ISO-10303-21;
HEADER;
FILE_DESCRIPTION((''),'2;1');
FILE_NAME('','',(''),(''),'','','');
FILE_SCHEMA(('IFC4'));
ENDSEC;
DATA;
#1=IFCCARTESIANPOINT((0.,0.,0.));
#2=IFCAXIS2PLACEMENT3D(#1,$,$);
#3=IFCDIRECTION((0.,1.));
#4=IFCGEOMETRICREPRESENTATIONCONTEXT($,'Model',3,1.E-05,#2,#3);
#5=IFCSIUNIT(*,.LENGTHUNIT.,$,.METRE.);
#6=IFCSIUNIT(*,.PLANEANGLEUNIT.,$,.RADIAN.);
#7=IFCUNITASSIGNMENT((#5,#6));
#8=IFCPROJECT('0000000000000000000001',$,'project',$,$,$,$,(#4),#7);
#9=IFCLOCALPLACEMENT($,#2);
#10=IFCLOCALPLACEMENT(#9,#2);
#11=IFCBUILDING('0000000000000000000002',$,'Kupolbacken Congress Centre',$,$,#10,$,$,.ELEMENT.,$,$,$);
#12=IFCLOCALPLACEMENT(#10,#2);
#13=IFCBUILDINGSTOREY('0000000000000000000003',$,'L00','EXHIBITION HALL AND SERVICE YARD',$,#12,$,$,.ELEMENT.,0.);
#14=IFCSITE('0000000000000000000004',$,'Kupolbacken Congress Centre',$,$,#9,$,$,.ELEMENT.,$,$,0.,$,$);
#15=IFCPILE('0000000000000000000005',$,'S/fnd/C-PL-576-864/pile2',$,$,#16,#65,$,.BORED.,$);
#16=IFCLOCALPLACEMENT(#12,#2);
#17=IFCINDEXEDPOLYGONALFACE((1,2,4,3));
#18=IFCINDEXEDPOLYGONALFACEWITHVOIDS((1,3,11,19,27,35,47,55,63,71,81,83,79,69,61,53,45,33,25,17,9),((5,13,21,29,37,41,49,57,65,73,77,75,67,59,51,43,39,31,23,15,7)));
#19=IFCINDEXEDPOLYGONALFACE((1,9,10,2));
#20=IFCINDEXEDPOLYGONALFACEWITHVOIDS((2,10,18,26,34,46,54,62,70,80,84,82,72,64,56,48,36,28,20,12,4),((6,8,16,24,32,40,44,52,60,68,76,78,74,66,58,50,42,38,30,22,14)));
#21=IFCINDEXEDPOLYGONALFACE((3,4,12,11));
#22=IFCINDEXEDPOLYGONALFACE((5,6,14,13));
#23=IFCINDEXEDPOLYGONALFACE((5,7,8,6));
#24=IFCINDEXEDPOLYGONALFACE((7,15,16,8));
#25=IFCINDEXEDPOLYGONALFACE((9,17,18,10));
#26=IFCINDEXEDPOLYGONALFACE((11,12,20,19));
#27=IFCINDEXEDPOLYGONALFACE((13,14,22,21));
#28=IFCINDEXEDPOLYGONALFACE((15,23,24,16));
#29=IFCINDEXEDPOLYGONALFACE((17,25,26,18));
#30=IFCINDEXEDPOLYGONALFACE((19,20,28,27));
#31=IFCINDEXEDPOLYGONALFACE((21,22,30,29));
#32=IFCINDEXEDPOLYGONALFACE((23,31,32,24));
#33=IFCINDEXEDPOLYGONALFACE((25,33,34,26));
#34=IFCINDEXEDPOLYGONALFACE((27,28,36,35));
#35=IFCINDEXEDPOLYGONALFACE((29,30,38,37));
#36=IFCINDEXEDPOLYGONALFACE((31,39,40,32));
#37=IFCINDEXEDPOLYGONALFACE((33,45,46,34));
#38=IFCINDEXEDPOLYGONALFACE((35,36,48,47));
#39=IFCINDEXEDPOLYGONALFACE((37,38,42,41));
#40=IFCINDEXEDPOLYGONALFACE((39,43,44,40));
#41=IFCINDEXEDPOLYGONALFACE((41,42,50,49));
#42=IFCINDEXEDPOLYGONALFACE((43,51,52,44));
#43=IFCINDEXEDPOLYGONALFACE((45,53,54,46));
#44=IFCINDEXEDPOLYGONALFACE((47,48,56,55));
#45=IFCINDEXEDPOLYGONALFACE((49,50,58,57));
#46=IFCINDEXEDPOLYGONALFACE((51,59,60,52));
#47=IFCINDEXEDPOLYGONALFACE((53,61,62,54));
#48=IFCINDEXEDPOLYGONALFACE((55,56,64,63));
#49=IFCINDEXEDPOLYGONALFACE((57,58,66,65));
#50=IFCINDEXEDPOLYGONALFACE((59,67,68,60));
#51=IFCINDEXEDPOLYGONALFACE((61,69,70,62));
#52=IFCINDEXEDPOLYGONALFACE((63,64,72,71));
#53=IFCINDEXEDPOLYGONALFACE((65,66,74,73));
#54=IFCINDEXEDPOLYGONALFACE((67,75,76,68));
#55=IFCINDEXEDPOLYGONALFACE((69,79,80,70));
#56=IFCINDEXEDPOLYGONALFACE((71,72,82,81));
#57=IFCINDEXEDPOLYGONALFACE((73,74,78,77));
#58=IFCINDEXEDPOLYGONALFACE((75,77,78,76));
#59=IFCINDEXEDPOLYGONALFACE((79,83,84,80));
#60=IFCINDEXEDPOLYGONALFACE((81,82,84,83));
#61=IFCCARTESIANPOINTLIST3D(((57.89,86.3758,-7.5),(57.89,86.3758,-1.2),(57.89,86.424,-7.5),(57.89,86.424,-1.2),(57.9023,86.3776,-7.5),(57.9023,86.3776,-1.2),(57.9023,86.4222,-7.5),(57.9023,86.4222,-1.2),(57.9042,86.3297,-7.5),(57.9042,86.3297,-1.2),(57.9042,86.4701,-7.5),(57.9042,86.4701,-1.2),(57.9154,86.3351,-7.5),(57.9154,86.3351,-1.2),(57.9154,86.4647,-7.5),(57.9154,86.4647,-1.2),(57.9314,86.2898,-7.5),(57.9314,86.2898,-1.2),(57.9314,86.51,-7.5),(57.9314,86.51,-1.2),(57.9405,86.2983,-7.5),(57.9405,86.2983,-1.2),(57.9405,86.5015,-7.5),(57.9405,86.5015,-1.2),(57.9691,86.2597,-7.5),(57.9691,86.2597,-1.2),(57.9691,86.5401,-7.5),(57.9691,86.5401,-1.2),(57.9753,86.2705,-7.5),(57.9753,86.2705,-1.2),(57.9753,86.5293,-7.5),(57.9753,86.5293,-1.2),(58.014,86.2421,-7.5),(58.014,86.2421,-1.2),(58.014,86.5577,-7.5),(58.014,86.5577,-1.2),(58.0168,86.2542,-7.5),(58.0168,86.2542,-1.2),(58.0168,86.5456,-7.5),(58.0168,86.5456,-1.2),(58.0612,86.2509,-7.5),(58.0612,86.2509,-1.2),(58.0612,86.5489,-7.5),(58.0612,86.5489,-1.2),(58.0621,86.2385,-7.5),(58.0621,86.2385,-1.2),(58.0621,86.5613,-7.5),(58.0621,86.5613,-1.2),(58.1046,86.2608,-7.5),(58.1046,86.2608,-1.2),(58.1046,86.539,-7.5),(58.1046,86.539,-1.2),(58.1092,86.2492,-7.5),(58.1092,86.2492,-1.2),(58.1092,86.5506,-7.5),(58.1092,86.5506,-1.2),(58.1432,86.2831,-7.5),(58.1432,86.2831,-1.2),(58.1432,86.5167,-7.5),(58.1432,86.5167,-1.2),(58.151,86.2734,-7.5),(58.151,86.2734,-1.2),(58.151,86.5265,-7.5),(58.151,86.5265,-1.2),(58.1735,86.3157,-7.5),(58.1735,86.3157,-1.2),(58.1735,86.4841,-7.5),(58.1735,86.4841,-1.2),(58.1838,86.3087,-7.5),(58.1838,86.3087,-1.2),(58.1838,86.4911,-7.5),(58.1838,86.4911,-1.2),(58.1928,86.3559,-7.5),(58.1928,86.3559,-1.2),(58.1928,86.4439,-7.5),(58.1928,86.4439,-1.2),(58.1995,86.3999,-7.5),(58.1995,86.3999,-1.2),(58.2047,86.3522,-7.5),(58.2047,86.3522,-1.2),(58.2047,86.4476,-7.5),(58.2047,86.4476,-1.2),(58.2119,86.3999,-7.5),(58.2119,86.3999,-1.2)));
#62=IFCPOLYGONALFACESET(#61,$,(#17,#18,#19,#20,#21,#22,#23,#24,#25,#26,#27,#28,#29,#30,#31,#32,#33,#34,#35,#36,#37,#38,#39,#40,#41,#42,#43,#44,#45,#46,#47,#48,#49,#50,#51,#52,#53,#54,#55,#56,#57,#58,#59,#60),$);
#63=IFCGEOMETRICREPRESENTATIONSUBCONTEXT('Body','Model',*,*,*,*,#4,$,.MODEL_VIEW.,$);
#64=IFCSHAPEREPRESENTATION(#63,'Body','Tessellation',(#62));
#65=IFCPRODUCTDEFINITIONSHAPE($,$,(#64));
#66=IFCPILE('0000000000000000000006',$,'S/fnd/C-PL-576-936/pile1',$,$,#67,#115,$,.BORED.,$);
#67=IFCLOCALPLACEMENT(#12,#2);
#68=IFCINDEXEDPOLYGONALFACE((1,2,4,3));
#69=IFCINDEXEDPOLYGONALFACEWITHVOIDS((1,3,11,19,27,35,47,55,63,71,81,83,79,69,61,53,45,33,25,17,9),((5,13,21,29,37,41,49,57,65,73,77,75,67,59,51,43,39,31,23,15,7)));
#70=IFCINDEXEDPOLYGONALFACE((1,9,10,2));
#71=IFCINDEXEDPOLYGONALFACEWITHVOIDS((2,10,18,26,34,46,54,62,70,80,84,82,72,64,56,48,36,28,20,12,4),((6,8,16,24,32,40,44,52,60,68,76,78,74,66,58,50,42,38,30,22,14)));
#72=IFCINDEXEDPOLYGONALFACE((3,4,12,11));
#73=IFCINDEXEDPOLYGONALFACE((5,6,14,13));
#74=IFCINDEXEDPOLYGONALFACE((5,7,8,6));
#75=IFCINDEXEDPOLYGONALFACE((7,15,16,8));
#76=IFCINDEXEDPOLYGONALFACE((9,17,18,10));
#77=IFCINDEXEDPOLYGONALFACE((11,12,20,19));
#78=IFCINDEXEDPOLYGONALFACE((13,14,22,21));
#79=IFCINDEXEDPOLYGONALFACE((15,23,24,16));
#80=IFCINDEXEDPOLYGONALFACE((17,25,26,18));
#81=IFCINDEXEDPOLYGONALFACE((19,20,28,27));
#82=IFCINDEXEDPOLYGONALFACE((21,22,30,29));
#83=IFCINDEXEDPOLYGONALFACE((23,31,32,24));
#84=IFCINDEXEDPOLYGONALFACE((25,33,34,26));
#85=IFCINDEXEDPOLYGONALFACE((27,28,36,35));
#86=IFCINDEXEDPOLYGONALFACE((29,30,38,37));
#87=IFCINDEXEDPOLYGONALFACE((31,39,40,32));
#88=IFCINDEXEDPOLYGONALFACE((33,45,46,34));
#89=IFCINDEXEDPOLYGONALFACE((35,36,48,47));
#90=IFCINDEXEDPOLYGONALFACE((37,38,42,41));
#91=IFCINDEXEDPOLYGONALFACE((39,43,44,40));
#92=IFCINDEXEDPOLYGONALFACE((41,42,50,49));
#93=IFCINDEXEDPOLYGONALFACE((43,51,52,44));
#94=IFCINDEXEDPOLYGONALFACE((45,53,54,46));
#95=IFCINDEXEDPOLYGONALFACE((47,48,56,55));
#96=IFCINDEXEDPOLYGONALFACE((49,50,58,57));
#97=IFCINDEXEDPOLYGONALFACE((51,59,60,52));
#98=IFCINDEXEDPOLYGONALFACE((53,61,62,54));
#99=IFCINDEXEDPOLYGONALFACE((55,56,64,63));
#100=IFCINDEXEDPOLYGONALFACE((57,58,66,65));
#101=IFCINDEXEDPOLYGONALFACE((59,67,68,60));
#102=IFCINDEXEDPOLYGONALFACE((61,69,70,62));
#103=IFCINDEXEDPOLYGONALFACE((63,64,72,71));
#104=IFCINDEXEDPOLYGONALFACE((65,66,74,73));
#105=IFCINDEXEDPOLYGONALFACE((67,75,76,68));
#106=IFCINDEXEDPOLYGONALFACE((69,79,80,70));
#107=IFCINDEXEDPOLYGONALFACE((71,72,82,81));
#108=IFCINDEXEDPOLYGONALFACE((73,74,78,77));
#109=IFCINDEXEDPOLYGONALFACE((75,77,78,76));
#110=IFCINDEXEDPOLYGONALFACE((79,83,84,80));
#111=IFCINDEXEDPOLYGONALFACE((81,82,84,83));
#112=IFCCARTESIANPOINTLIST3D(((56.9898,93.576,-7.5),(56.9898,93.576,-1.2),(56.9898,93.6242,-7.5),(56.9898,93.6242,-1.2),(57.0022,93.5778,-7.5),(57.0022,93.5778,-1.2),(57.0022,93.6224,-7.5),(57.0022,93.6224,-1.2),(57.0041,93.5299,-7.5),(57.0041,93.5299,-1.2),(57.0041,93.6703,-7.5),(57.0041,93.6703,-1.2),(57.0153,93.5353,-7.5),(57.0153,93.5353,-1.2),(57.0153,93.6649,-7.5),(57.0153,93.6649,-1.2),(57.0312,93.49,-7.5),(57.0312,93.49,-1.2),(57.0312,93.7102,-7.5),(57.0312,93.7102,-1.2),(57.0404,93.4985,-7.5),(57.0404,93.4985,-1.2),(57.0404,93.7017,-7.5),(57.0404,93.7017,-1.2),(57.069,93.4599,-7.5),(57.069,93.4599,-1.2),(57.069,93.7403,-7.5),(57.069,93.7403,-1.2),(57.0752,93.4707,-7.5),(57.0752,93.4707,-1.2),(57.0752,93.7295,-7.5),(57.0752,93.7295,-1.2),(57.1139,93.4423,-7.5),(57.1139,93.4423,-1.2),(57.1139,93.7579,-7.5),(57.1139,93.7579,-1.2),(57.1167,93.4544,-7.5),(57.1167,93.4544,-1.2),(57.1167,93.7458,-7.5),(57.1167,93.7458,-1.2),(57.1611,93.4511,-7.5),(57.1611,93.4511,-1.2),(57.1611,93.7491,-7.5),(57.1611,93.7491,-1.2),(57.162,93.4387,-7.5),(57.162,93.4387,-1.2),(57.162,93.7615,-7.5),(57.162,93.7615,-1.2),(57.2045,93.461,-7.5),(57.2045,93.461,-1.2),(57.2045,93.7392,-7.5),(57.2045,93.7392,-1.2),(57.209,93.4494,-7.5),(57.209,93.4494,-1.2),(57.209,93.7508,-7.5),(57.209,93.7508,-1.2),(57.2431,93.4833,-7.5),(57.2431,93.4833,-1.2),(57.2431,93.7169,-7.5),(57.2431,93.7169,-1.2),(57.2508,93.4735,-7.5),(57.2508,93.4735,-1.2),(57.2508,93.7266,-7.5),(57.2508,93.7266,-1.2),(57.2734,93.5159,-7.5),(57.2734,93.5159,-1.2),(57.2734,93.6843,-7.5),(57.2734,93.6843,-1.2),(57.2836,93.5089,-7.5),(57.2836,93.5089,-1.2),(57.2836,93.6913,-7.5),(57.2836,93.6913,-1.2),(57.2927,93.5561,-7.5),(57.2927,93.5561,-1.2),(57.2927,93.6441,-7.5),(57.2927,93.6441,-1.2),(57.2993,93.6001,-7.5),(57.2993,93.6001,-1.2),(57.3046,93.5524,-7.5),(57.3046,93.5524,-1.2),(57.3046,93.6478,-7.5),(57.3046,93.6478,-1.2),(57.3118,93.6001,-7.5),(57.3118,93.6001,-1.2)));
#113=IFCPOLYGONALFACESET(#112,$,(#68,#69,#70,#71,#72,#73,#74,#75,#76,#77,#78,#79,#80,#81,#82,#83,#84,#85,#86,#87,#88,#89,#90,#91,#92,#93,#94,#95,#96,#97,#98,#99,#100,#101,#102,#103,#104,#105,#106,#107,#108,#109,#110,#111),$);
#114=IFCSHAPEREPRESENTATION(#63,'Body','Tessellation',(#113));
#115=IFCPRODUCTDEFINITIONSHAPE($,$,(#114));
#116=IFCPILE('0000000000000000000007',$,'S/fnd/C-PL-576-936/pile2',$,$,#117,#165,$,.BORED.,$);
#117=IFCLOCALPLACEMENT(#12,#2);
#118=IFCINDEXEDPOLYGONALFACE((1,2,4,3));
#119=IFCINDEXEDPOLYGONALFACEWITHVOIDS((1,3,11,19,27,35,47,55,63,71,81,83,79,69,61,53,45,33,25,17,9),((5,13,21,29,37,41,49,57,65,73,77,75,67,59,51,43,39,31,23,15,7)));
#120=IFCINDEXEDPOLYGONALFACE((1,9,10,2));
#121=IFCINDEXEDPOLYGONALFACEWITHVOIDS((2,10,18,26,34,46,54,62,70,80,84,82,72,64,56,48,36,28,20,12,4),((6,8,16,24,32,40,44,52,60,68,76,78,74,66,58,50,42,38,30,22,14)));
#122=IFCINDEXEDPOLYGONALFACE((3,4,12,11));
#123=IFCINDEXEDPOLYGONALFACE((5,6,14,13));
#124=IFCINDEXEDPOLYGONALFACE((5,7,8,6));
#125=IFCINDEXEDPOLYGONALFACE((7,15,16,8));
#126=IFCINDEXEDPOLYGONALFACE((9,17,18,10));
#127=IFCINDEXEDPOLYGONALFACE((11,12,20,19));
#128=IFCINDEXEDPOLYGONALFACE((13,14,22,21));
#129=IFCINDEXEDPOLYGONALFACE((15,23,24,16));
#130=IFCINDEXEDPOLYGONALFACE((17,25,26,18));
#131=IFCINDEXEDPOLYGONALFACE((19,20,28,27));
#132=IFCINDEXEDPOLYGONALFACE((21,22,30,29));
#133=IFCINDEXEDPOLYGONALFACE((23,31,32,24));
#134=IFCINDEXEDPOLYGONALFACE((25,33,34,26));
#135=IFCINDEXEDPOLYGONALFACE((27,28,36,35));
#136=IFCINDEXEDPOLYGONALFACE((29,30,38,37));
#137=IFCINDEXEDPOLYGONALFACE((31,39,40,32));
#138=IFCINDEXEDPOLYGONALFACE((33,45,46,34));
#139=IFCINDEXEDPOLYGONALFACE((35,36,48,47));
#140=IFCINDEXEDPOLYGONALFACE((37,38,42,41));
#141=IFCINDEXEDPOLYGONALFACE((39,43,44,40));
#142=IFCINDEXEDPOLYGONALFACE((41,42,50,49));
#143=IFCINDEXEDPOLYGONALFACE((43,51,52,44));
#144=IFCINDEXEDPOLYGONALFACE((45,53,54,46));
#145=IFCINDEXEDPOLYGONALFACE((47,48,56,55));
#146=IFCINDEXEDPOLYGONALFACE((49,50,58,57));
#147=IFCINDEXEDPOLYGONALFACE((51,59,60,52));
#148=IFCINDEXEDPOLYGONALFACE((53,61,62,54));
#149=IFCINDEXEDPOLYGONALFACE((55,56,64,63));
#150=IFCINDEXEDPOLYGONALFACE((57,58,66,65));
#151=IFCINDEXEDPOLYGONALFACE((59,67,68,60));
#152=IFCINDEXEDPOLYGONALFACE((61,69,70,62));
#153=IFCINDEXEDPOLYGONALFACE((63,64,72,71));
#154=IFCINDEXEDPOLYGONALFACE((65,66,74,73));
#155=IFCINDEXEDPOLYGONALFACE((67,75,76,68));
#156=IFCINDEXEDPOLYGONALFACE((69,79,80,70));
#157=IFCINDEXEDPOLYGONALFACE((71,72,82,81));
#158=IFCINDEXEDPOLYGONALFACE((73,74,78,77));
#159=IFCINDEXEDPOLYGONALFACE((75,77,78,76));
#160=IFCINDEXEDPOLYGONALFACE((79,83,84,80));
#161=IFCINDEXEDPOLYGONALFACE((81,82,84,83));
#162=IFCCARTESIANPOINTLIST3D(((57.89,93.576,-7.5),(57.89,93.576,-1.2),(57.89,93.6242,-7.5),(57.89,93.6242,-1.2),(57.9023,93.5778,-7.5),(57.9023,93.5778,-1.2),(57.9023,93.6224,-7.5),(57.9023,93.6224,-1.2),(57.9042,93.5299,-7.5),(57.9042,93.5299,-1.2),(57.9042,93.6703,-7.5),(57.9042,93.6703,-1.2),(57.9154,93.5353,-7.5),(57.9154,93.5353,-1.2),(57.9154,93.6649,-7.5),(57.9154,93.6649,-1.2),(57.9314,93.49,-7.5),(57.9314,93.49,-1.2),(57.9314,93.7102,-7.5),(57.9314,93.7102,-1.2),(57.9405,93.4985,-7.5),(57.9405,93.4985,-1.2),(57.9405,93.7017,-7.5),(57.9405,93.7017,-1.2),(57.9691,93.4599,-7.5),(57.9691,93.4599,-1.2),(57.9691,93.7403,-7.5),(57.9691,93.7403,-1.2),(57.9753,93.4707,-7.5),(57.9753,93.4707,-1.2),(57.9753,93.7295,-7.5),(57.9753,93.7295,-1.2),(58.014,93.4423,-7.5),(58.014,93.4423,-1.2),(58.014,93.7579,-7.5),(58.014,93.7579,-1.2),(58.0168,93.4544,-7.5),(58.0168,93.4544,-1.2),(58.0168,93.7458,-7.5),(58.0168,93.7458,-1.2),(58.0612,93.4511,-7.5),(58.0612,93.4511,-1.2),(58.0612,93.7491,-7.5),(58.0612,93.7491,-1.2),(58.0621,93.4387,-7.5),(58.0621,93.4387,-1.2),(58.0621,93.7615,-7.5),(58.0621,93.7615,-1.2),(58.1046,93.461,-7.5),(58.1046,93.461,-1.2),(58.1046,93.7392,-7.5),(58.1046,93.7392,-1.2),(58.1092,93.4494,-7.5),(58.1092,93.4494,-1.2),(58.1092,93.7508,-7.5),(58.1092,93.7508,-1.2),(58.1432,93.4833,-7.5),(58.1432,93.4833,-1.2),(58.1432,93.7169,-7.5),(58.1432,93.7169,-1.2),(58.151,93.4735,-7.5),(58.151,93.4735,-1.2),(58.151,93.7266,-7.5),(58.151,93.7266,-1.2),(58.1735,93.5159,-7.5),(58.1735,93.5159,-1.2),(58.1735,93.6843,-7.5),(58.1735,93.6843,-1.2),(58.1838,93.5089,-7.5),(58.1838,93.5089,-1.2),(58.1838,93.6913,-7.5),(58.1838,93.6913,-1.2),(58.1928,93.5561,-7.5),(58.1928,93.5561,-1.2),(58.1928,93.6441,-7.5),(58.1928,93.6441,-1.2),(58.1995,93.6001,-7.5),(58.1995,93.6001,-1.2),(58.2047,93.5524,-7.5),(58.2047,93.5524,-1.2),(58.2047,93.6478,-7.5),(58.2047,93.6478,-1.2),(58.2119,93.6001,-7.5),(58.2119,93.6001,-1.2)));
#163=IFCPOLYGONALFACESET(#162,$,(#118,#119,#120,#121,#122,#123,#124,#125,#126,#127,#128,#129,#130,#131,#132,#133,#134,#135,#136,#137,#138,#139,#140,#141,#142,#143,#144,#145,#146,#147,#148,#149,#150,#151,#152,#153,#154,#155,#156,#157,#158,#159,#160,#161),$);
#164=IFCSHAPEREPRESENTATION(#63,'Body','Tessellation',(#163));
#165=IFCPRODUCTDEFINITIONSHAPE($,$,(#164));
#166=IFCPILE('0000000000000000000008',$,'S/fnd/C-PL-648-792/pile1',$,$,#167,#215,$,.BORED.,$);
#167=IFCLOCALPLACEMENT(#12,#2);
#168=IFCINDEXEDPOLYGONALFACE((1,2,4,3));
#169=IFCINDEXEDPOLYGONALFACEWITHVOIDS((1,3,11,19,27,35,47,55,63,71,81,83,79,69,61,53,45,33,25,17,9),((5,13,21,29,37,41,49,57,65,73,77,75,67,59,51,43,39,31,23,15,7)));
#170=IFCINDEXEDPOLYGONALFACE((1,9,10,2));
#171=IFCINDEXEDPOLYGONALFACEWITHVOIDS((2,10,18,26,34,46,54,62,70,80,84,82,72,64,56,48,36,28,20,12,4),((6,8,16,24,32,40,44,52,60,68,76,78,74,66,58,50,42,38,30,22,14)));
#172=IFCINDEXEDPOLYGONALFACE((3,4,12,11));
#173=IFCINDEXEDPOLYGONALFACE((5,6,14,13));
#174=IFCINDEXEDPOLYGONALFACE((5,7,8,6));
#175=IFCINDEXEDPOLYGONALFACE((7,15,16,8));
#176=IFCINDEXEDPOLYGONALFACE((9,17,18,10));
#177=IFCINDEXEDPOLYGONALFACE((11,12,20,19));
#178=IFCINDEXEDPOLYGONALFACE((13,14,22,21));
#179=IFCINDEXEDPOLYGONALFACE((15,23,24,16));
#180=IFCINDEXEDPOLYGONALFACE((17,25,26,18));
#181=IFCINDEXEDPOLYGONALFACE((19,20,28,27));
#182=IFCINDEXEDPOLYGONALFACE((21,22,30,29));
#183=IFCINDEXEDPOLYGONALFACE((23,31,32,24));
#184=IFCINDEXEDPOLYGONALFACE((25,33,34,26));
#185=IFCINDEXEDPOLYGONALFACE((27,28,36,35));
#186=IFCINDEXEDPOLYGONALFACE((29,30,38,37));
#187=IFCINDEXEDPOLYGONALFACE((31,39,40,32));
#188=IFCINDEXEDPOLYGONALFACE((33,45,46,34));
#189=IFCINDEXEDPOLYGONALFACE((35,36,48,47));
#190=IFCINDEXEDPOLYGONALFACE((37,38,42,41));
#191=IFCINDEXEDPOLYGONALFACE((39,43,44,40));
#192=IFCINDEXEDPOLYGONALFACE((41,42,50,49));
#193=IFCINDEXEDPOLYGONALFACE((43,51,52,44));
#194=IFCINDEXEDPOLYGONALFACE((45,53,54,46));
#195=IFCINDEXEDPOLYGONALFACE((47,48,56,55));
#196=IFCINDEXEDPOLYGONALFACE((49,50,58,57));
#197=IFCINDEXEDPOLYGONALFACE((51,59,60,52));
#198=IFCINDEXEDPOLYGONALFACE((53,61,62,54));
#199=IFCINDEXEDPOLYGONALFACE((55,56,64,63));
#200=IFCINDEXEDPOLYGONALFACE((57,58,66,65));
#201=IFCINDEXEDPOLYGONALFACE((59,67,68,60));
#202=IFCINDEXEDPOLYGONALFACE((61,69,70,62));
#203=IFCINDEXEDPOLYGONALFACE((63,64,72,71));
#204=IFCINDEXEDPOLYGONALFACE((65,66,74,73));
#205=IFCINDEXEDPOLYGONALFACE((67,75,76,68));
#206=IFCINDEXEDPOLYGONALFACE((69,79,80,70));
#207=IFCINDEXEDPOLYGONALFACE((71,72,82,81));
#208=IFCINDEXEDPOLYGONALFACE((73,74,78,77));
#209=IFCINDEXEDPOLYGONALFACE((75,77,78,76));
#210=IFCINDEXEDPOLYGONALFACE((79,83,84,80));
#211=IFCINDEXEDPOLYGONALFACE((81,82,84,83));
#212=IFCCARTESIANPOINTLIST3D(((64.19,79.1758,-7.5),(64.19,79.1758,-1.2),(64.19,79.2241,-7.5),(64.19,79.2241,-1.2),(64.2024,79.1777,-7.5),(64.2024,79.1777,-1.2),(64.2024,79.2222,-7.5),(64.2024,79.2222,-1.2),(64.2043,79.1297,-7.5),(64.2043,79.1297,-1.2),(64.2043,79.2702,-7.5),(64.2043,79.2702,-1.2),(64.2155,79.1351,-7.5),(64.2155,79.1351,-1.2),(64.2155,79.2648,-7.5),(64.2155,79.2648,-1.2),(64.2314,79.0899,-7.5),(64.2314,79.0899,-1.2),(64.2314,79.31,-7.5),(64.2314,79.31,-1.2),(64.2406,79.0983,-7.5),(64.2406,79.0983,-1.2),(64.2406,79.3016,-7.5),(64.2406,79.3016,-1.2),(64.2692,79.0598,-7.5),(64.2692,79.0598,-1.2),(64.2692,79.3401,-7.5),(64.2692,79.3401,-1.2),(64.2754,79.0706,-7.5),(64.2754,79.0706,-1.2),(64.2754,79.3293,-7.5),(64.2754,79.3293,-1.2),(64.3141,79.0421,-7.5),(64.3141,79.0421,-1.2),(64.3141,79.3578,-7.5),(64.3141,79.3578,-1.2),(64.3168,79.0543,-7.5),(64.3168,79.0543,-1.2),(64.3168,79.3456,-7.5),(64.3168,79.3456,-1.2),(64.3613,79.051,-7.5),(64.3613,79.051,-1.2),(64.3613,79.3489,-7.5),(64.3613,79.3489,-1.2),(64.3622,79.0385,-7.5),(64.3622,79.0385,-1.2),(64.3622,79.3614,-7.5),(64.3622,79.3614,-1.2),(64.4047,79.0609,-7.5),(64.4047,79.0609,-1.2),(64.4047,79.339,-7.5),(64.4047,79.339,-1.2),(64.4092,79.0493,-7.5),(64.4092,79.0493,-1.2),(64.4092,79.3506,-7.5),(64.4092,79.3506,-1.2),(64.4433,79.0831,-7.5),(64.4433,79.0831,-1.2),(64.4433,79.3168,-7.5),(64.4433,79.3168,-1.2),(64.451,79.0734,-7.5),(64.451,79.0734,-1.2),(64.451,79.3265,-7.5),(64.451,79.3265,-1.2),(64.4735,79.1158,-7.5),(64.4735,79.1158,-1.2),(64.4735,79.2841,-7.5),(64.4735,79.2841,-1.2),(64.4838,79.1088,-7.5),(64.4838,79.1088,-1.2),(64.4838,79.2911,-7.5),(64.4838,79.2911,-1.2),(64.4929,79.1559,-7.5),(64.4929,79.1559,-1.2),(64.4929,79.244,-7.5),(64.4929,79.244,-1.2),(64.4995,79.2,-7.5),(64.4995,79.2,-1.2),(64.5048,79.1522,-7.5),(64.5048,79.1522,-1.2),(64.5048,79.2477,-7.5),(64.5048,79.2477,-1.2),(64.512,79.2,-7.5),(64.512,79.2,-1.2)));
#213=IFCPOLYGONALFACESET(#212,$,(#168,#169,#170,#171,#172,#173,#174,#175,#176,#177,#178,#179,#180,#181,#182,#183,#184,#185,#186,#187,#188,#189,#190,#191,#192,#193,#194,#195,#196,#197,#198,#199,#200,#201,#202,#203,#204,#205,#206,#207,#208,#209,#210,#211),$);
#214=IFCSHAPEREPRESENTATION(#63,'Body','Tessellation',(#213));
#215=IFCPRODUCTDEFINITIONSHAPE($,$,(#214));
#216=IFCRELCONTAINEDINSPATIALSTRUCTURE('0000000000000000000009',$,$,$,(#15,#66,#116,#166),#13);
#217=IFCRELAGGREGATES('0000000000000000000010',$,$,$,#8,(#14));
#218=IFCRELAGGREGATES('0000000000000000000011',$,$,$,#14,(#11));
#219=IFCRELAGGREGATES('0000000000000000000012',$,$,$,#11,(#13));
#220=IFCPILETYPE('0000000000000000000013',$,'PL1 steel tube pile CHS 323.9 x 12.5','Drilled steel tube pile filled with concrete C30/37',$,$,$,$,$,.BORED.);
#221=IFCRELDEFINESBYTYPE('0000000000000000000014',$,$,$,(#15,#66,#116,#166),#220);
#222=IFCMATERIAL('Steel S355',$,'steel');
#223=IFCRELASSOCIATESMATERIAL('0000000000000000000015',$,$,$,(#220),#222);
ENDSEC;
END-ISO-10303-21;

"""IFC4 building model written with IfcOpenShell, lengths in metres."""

from ifc_helpers import new_model, si_unit, direction, frame, origin, origin_2d, place, context, subcontext, project, spatial, hollow_circle, extrude, material, material_profile, profile_set, type_object, element, save


model = new_model("IFC4")

# Units and contexts
model_context = context("Model", 3, precision=1e-05, world=origin(), true_north=direction((0.0, 1.0)))
body_context = subcontext(model_context, "Body", "Model", "MODEL_VIEW")
ifc_project = project(units=[si_unit("LENGTHUNIT", "METRE"), si_unit("PLANEANGLEUNIT", "RADIAN")], contexts=[model_context])

# Site, building, storey
site_placement = place(None, origin())
site = spatial("IfcSite", under=ifc_project, at=site_placement, Name="Kupolbacken Congress Centre", CompositionType="ELEMENT", RefElevation=0.0)
building_placement = place(site_placement, origin())
building = spatial("IfcBuilding", under=site, at=building_placement, Name="Kupolbacken Congress Centre", CompositionType="ELEMENT")
storey_placement = place(building_placement, origin())
storey = spatial("IfcBuildingStorey", under=building, at=storey_placement, Name="L00", Description="EXHIBITION HALL AND SERVICE YARD", CompositionType="ELEMENT", Elevation=0.0)

# Piles
ifc_material_1 = material(Name="Steel S355", Category="steel")
ifc_material_profile_1 = material_profile(ifc_material_1, hollow_circle(Radius=0.1619, WallThickness=0.0125, at=origin_2d()), Name="CHS 323.9 x 12.5")
ifc_profile_set_1 = profile_set([ifc_material_profile_1], Name="Steel S355")
pile_type = type_object("IfcPileType", Name="PL1 steel tube pile CHS 323.9 x 12.5", Description="Drilled steel tube pile filled with concrete C30/37", PredefinedType="BORED", material=ifc_profile_set_1)
for number, where, z_axis, x_axis, name in (
    (1, (58.05, 86.3999, -1.2), (0.0, 0.0, -1.0), (1.0, 0.0, 0.0), "S/fnd/C-PL-576-864/pile2"),
    (2, (57.1499, 93.6001, -1.2), (0.0, 0.0, -1.0), (1.0, 0.0, 0.0), "S/fnd/C-PL-576-936/pile1"),
    (3, (58.05, 93.6001, -1.2), (0.0, 0.0, -1.0), (1.0, 0.0, 0.0), "S/fnd/C-PL-576-936/pile2"),
    (4, (64.3501, 79.2, -1.2), (0.0, 0.0, -1.0), (1.0, 0.0, 0.0), "S/fnd/C-PL-648-792/pile1"),
):
    element("IfcPile", number, at=place(storey_placement, frame(where, z_axis=z_axis, x_axis=x_axis)), inside=storey, type_object=pile_type, Name=name, PredefinedType="BORED", context=body_context, shape_type="SweptSolid", body=[
        extrude(hollow_circle(Radius=0.1619, WallThickness=0.0125, at=origin_2d()), origin(), (0.0, 0.0, 1.0), 6.3),
    ])

save(model, "model.ifc")
